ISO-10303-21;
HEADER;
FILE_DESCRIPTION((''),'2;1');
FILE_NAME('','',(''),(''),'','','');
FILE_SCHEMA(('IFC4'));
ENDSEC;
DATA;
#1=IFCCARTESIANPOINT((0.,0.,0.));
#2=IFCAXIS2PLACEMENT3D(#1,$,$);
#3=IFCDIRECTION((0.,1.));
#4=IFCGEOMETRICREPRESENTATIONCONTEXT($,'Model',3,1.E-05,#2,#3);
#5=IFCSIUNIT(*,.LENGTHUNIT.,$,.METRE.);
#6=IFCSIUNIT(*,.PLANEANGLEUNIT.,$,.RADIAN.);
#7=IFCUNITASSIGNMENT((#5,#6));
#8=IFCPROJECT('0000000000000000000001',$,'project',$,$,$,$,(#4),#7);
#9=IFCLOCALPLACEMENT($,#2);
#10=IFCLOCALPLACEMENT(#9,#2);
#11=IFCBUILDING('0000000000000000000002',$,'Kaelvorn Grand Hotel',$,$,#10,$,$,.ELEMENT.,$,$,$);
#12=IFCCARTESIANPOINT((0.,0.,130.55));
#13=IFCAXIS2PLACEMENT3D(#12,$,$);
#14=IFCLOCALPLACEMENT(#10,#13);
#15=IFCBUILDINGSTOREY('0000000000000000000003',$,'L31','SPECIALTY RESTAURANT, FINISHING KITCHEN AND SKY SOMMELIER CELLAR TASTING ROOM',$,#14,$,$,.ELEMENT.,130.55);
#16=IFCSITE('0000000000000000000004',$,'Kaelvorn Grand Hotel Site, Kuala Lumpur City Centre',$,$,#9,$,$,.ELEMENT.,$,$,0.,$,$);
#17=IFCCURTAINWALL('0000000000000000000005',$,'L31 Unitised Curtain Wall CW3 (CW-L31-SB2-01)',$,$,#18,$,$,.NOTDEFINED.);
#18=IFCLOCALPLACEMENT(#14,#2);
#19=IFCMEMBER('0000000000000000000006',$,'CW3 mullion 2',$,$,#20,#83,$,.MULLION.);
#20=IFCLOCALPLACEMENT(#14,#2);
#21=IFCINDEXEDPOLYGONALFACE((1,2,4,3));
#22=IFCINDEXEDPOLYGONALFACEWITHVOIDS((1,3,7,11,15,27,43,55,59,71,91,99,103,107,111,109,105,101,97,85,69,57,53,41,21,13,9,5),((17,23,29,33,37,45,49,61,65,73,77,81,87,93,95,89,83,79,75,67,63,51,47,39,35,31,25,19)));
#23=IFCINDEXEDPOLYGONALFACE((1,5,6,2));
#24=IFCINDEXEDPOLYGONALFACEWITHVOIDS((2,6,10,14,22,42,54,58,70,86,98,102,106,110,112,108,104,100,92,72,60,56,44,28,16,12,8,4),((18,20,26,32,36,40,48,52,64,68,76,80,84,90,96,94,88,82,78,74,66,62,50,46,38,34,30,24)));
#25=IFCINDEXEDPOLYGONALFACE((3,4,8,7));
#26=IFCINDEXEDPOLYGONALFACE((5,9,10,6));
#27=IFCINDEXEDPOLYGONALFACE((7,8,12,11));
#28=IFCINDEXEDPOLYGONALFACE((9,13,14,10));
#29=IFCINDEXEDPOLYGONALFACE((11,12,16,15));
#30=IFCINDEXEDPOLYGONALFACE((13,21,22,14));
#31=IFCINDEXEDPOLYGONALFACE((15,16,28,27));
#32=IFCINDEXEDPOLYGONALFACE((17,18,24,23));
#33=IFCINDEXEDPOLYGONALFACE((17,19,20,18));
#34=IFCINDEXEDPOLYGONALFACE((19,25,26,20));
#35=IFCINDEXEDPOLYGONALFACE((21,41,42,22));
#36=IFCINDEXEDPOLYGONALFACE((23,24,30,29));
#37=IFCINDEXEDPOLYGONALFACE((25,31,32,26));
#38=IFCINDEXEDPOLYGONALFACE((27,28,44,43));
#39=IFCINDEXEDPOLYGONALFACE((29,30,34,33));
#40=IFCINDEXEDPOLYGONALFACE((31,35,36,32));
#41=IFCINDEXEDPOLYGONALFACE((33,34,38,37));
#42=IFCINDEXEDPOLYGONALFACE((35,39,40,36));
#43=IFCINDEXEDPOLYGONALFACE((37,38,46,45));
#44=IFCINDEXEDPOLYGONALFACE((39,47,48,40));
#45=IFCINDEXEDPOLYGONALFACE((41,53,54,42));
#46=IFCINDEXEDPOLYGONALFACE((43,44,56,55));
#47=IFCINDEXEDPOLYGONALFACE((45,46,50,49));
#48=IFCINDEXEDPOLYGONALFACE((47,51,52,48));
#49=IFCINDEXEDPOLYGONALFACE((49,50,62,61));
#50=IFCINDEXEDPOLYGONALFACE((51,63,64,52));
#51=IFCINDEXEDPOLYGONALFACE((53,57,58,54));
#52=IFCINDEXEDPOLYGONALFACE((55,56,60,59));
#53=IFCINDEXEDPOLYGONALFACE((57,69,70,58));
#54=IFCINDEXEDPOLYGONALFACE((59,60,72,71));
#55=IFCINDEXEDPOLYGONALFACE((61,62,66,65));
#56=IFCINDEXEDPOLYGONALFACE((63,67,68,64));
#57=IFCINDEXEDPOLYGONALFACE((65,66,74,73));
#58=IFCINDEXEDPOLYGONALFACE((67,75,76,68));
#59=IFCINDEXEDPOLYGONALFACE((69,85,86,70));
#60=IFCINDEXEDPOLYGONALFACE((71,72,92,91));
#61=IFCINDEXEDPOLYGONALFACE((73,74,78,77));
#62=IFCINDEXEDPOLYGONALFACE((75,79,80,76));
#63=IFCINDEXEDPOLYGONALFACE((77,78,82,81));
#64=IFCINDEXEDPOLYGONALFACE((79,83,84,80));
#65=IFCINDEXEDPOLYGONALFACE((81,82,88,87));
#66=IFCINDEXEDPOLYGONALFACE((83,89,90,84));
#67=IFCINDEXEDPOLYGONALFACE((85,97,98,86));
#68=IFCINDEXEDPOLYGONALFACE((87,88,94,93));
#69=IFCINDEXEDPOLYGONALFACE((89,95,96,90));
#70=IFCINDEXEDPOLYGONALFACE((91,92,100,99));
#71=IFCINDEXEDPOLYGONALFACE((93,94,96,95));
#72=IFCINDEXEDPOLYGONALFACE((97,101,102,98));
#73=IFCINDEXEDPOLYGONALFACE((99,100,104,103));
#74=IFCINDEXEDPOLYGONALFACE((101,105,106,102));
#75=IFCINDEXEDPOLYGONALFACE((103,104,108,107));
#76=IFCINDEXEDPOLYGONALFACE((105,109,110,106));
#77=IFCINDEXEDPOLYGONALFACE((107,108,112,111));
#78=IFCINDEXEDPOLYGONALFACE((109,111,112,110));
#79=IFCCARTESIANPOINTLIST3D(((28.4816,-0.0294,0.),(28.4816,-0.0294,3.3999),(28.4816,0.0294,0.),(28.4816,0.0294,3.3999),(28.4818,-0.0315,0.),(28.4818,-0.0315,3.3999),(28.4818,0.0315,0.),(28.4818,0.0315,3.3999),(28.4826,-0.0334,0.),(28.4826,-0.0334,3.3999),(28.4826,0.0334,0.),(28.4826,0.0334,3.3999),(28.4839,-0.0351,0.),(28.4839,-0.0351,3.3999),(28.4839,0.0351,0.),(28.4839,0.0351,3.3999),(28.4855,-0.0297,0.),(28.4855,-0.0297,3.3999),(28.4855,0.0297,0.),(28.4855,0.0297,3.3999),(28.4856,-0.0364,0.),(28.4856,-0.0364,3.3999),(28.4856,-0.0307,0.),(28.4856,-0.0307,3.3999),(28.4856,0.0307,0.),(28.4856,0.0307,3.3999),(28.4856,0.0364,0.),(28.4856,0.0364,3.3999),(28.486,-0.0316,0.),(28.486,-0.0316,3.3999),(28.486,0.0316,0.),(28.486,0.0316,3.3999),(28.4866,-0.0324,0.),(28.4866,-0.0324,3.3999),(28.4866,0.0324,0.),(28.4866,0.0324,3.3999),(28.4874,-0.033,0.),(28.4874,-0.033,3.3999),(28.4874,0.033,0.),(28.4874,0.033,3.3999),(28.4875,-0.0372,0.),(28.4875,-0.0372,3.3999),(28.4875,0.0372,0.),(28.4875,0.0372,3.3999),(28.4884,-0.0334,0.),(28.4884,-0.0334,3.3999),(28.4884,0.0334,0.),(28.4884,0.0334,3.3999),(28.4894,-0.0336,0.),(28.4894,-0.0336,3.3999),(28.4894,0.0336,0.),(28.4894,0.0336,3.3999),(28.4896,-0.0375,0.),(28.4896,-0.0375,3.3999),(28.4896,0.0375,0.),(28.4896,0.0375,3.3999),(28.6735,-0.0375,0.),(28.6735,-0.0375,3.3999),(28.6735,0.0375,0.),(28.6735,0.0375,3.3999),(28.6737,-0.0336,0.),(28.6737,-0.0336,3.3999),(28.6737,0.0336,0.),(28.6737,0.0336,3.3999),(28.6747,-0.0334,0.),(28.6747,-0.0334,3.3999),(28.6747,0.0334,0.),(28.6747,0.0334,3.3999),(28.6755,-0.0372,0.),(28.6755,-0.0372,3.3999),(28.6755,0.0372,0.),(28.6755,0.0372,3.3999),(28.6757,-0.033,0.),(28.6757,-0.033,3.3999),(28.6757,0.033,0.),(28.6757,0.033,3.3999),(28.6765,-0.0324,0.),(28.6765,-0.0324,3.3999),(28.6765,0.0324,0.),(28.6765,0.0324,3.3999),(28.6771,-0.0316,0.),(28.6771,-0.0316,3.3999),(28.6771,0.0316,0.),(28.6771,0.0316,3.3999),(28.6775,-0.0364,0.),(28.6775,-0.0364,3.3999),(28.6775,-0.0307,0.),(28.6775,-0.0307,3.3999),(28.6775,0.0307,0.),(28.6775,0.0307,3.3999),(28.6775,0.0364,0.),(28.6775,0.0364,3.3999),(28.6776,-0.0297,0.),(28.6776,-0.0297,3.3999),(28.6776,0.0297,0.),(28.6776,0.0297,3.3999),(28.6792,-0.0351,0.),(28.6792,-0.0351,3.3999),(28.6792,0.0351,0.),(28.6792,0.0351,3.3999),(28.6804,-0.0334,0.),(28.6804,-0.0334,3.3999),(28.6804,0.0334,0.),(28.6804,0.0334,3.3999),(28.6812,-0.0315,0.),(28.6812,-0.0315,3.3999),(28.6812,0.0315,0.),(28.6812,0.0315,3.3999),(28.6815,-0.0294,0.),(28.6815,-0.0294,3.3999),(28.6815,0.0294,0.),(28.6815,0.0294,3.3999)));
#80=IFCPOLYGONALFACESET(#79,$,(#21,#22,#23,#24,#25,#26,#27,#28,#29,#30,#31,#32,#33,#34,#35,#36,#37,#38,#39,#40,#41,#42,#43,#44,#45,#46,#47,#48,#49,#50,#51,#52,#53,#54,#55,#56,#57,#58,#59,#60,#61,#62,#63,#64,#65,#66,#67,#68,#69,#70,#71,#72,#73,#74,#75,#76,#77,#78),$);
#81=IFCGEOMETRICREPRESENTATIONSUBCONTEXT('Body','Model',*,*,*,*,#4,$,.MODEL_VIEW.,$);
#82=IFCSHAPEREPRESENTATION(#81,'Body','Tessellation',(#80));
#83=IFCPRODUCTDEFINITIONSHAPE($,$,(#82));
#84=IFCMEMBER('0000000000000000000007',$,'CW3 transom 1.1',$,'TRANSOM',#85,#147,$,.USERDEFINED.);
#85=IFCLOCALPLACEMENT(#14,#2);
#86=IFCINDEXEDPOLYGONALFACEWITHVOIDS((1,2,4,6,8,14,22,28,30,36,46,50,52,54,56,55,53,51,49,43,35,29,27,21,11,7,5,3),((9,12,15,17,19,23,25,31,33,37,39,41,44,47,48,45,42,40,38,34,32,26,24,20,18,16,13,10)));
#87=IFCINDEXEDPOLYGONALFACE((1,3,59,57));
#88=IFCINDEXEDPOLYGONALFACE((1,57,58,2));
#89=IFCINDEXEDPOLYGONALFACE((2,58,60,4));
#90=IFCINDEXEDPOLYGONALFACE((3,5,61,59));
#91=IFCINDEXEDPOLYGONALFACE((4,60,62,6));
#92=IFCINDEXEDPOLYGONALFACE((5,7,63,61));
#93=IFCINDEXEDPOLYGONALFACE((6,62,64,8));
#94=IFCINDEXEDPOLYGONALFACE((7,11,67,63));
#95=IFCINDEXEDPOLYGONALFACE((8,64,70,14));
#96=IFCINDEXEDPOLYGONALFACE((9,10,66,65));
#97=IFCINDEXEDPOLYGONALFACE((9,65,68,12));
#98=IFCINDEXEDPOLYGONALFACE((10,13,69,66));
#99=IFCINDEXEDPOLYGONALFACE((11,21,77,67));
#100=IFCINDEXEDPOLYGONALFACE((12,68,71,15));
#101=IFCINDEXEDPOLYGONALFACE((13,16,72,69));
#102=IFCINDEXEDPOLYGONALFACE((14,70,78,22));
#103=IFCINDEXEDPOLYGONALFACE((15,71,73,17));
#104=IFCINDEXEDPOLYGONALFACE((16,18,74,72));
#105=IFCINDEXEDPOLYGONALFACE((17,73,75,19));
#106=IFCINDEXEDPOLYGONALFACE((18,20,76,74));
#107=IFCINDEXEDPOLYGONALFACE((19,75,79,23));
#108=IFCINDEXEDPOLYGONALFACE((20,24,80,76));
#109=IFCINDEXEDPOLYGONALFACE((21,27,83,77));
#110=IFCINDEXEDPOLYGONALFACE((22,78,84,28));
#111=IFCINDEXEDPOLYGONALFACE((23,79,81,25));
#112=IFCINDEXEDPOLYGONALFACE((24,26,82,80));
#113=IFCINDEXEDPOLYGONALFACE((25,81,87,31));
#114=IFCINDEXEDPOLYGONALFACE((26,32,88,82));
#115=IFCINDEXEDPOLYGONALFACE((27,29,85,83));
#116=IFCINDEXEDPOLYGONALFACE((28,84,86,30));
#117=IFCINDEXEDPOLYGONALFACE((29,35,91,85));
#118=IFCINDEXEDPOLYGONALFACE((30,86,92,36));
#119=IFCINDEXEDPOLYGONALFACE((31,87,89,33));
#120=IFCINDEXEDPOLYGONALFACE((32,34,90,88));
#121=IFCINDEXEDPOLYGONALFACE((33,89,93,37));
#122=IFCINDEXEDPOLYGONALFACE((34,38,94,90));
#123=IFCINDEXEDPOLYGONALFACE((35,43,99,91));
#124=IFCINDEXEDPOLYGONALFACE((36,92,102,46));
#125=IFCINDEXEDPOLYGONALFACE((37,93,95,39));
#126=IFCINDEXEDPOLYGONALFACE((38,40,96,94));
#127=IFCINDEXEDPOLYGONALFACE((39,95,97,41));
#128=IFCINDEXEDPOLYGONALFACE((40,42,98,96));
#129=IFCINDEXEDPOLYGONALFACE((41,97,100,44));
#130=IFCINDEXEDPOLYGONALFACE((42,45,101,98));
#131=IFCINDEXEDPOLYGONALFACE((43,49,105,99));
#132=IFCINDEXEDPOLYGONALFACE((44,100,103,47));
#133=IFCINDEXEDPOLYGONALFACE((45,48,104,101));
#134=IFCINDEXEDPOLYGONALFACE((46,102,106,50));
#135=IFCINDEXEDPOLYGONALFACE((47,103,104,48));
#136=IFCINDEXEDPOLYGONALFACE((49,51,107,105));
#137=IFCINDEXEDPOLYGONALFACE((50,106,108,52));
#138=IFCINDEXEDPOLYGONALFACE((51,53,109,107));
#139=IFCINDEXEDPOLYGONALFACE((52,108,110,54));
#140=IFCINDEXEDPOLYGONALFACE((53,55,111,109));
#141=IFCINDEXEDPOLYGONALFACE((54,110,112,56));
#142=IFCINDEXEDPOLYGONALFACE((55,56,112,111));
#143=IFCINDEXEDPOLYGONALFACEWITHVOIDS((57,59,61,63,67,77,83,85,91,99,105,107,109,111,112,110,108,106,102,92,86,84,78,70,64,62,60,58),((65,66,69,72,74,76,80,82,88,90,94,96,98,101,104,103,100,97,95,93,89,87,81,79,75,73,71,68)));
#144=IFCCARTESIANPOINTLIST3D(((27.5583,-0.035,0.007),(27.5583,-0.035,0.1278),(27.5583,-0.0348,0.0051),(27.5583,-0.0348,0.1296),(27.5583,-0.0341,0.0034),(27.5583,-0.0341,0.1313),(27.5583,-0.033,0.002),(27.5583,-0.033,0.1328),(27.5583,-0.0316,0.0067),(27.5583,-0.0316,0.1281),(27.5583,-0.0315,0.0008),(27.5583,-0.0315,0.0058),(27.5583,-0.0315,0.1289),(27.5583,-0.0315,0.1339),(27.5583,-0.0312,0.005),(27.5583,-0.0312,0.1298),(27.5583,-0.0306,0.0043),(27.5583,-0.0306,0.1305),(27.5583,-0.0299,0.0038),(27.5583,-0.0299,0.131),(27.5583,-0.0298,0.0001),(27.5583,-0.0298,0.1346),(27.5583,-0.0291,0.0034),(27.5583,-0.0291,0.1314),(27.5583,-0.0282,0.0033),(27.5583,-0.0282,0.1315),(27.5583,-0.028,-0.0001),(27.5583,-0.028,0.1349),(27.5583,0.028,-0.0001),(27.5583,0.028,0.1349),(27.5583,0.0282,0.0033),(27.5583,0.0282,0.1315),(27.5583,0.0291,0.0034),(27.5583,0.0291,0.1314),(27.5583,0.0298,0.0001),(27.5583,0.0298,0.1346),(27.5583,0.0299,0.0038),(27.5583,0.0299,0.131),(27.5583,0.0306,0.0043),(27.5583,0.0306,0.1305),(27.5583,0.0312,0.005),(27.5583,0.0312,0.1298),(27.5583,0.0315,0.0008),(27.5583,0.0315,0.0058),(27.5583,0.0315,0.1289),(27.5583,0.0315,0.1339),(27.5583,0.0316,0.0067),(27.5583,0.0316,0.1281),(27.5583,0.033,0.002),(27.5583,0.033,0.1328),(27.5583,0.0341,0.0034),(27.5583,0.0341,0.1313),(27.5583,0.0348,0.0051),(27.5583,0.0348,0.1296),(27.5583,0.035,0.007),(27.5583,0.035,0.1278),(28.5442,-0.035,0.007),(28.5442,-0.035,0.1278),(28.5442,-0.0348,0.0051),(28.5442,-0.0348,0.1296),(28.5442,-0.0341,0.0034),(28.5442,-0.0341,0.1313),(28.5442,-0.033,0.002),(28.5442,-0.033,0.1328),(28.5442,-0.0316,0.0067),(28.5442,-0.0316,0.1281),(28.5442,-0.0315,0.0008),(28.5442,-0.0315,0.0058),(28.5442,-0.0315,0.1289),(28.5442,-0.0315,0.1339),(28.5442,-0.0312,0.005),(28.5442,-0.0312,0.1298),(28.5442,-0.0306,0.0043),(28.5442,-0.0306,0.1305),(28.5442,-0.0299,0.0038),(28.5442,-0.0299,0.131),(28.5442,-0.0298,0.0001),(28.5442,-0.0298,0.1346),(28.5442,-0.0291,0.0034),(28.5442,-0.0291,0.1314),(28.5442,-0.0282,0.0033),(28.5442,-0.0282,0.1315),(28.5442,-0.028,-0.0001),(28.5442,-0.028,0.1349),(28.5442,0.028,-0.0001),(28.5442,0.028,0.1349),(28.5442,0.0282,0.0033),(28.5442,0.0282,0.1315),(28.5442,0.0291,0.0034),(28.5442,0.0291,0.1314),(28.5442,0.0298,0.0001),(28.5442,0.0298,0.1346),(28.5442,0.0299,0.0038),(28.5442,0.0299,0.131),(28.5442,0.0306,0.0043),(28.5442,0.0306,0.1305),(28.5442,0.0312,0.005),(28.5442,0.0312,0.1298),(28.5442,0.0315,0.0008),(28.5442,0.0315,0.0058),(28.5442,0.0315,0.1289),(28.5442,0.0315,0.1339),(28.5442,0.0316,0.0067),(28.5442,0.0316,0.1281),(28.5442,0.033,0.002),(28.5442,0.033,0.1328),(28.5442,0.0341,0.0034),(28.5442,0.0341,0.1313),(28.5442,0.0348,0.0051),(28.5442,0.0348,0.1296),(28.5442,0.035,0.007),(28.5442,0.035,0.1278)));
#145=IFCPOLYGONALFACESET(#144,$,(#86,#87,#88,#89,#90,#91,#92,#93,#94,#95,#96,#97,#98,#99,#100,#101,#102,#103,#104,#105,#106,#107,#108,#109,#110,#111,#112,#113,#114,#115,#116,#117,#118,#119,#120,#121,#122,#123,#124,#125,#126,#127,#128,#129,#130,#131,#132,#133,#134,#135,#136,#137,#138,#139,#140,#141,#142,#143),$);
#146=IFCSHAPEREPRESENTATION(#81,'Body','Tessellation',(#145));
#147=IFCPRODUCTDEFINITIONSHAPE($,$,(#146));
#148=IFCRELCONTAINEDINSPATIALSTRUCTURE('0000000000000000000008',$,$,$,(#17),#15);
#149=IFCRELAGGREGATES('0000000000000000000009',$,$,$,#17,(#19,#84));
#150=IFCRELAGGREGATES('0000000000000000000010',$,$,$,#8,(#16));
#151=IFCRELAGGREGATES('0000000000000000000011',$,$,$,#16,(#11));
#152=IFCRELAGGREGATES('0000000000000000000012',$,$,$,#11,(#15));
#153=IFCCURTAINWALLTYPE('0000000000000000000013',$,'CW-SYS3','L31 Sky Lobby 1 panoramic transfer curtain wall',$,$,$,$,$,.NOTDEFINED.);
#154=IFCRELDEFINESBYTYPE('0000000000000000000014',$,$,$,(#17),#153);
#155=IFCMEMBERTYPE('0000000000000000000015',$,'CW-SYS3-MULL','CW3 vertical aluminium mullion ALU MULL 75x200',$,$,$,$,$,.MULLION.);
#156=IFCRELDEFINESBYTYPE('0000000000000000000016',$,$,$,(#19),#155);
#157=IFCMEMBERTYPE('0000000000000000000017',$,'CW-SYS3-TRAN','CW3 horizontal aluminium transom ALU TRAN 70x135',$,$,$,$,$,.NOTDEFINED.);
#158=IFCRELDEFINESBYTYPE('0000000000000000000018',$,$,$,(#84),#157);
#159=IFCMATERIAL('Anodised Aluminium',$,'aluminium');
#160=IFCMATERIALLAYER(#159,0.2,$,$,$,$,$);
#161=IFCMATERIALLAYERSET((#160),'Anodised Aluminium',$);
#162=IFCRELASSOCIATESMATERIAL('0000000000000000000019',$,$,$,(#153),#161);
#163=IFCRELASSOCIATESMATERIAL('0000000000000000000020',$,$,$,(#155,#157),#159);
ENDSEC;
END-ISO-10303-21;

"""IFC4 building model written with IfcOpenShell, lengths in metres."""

from ifc_helpers import new_model, si_unit, direction, frame, origin, origin_2d, place, context, subcontext, project, spatial, hollow_rectangle, extrude, material, layer, layer_set, material_profile, profile_set, type_object, element, aggregate, save


model = new_model("IFC4")

# Units and contexts
model_context = context("Model", 3, precision=1e-05, world=origin(), true_north=direction((0.0, 1.0)))
body_context = subcontext(model_context, "Body", "Model", "MODEL_VIEW")
ifc_project = project(units=[si_unit("LENGTHUNIT", "METRE"), si_unit("PLANEANGLEUNIT", "RADIAN")], contexts=[model_context])

# Site, building, storey
site_placement = place(None, origin())
site = spatial("IfcSite", under=ifc_project, at=site_placement, Name="Kaelvorn Grand Hotel Site, Kuala Lumpur City Centre", CompositionType="ELEMENT", RefElevation=0.0)
building_placement = place(site_placement, origin())
building = spatial("IfcBuilding", under=site, at=building_placement, Name="Kaelvorn Grand Hotel", CompositionType="ELEMENT")
storey_placement = place(building_placement, frame((0.0, 0.0, 130.55)))
storey = spatial("IfcBuildingStorey", under=building, at=storey_placement, Name="L31", Description="SPECIALTY RESTAURANT, FINISHING KITCHEN AND SKY SOMMELIER CELLAR TASTING ROOM", CompositionType="ELEMENT", Elevation=130.55)

# Shared definitions
ifc_material_1 = material(Name="Anodised Aluminium", Category="aluminium")
ifc_layer_1 = layer(ifc_material_1, 0.2)
ifc_layer_set_1 = layer_set([ifc_layer_1], Name="Anodised Aluminium")
curtain_wall_type = type_object("IfcCurtainWallType", Name="CW-SYS3", Description="L31 Sky Lobby 1 panoramic transfer curtain wall", PredefinedType="NOTDEFINED", material=ifc_layer_set_1)
ifc_material_profile_1 = material_profile(ifc_material_1, hollow_rectangle(XDim=0.075, YDim=0.2, WallThickness=0.0039, InnerFilletRadius=0.0039, OuterFilletRadius=0.0081, at=origin_2d()), Name="ALU MULL 75x200")
ifc_profile_set_1 = profile_set([ifc_material_profile_1], Name="Anodised Aluminium")
member_type_1 = type_object("IfcMemberType", Name="CW-SYS3-MULL", Description="CW3 vertical aluminium mullion ALU MULL 75x200", PredefinedType="MULLION", material=ifc_profile_set_1)

# Curtain wall, members
curtain_wall_1_placement = place(storey_placement, origin())
curtain_wall_1 = element("IfcCurtainWall", 1, at=curtain_wall_1_placement, inside=storey, type_object=curtain_wall_type, Name="L31 Unitised Curtain Wall CW3 (CW-L31-SB2-01)", PredefinedType="NOTDEFINED")
member_1_placement = place(storey_placement, frame((28.5815, 0.0, 0.0), z_axis=(0.0, 0.0, 1.0), x_axis=(0.0, 1.0, 0.0)))
member_1 = element("IfcMember", 2, at=member_1_placement, type_object=member_type_1, Name="CW3 mullion 2", PredefinedType="MULLION", context=body_context, shape_type="SweptSolid", body=[
    extrude(hollow_rectangle(XDim=0.075, YDim=0.2, WallThickness=0.0039, InnerFilletRadius=0.0039, OuterFilletRadius=0.0081, at=origin_2d()), origin(), (0.0, 0.0, 1.0), 3.3999),
])
ifc_material_profile_2 = material_profile(ifc_material_1, hollow_rectangle(XDim=0.0701, YDim=0.135, WallThickness=0.0034, InnerFilletRadius=0.0034, OuterFilletRadius=0.0071, at=origin_2d()), Name="ALU TRAN 70x135")
ifc_profile_set_2 = profile_set([ifc_material_profile_2], Name="Anodised Aluminium")
member_type_2 = type_object("IfcMemberType", Name="CW-SYS3-TRAN", Description="CW3 horizontal aluminium transom ALU TRAN 70x135", PredefinedType="NOTDEFINED", material=ifc_profile_set_2)
member_2_placement = place(storey_placement, frame((27.5583, 0.0, 0.0674), z_axis=(1.0, 0.0, 0.0), x_axis=(0.0, 1.0, 0.0)))
member_2 = element("IfcMember", 3, at=member_2_placement, type_object=member_type_2, Name="CW3 transom 1.1", ObjectType="TRANSOM", PredefinedType="USERDEFINED", context=body_context, shape_type="SweptSolid", body=[
    extrude(hollow_rectangle(XDim=0.0701, YDim=0.135, WallThickness=0.0034, InnerFilletRadius=0.0034, OuterFilletRadius=0.0071, at=origin_2d()), origin(), (0.0, 0.0, 1.0), 0.9858),
])

aggregate(curtain_wall_1, [member_1, member_2])

save(model, "model.ifc")
